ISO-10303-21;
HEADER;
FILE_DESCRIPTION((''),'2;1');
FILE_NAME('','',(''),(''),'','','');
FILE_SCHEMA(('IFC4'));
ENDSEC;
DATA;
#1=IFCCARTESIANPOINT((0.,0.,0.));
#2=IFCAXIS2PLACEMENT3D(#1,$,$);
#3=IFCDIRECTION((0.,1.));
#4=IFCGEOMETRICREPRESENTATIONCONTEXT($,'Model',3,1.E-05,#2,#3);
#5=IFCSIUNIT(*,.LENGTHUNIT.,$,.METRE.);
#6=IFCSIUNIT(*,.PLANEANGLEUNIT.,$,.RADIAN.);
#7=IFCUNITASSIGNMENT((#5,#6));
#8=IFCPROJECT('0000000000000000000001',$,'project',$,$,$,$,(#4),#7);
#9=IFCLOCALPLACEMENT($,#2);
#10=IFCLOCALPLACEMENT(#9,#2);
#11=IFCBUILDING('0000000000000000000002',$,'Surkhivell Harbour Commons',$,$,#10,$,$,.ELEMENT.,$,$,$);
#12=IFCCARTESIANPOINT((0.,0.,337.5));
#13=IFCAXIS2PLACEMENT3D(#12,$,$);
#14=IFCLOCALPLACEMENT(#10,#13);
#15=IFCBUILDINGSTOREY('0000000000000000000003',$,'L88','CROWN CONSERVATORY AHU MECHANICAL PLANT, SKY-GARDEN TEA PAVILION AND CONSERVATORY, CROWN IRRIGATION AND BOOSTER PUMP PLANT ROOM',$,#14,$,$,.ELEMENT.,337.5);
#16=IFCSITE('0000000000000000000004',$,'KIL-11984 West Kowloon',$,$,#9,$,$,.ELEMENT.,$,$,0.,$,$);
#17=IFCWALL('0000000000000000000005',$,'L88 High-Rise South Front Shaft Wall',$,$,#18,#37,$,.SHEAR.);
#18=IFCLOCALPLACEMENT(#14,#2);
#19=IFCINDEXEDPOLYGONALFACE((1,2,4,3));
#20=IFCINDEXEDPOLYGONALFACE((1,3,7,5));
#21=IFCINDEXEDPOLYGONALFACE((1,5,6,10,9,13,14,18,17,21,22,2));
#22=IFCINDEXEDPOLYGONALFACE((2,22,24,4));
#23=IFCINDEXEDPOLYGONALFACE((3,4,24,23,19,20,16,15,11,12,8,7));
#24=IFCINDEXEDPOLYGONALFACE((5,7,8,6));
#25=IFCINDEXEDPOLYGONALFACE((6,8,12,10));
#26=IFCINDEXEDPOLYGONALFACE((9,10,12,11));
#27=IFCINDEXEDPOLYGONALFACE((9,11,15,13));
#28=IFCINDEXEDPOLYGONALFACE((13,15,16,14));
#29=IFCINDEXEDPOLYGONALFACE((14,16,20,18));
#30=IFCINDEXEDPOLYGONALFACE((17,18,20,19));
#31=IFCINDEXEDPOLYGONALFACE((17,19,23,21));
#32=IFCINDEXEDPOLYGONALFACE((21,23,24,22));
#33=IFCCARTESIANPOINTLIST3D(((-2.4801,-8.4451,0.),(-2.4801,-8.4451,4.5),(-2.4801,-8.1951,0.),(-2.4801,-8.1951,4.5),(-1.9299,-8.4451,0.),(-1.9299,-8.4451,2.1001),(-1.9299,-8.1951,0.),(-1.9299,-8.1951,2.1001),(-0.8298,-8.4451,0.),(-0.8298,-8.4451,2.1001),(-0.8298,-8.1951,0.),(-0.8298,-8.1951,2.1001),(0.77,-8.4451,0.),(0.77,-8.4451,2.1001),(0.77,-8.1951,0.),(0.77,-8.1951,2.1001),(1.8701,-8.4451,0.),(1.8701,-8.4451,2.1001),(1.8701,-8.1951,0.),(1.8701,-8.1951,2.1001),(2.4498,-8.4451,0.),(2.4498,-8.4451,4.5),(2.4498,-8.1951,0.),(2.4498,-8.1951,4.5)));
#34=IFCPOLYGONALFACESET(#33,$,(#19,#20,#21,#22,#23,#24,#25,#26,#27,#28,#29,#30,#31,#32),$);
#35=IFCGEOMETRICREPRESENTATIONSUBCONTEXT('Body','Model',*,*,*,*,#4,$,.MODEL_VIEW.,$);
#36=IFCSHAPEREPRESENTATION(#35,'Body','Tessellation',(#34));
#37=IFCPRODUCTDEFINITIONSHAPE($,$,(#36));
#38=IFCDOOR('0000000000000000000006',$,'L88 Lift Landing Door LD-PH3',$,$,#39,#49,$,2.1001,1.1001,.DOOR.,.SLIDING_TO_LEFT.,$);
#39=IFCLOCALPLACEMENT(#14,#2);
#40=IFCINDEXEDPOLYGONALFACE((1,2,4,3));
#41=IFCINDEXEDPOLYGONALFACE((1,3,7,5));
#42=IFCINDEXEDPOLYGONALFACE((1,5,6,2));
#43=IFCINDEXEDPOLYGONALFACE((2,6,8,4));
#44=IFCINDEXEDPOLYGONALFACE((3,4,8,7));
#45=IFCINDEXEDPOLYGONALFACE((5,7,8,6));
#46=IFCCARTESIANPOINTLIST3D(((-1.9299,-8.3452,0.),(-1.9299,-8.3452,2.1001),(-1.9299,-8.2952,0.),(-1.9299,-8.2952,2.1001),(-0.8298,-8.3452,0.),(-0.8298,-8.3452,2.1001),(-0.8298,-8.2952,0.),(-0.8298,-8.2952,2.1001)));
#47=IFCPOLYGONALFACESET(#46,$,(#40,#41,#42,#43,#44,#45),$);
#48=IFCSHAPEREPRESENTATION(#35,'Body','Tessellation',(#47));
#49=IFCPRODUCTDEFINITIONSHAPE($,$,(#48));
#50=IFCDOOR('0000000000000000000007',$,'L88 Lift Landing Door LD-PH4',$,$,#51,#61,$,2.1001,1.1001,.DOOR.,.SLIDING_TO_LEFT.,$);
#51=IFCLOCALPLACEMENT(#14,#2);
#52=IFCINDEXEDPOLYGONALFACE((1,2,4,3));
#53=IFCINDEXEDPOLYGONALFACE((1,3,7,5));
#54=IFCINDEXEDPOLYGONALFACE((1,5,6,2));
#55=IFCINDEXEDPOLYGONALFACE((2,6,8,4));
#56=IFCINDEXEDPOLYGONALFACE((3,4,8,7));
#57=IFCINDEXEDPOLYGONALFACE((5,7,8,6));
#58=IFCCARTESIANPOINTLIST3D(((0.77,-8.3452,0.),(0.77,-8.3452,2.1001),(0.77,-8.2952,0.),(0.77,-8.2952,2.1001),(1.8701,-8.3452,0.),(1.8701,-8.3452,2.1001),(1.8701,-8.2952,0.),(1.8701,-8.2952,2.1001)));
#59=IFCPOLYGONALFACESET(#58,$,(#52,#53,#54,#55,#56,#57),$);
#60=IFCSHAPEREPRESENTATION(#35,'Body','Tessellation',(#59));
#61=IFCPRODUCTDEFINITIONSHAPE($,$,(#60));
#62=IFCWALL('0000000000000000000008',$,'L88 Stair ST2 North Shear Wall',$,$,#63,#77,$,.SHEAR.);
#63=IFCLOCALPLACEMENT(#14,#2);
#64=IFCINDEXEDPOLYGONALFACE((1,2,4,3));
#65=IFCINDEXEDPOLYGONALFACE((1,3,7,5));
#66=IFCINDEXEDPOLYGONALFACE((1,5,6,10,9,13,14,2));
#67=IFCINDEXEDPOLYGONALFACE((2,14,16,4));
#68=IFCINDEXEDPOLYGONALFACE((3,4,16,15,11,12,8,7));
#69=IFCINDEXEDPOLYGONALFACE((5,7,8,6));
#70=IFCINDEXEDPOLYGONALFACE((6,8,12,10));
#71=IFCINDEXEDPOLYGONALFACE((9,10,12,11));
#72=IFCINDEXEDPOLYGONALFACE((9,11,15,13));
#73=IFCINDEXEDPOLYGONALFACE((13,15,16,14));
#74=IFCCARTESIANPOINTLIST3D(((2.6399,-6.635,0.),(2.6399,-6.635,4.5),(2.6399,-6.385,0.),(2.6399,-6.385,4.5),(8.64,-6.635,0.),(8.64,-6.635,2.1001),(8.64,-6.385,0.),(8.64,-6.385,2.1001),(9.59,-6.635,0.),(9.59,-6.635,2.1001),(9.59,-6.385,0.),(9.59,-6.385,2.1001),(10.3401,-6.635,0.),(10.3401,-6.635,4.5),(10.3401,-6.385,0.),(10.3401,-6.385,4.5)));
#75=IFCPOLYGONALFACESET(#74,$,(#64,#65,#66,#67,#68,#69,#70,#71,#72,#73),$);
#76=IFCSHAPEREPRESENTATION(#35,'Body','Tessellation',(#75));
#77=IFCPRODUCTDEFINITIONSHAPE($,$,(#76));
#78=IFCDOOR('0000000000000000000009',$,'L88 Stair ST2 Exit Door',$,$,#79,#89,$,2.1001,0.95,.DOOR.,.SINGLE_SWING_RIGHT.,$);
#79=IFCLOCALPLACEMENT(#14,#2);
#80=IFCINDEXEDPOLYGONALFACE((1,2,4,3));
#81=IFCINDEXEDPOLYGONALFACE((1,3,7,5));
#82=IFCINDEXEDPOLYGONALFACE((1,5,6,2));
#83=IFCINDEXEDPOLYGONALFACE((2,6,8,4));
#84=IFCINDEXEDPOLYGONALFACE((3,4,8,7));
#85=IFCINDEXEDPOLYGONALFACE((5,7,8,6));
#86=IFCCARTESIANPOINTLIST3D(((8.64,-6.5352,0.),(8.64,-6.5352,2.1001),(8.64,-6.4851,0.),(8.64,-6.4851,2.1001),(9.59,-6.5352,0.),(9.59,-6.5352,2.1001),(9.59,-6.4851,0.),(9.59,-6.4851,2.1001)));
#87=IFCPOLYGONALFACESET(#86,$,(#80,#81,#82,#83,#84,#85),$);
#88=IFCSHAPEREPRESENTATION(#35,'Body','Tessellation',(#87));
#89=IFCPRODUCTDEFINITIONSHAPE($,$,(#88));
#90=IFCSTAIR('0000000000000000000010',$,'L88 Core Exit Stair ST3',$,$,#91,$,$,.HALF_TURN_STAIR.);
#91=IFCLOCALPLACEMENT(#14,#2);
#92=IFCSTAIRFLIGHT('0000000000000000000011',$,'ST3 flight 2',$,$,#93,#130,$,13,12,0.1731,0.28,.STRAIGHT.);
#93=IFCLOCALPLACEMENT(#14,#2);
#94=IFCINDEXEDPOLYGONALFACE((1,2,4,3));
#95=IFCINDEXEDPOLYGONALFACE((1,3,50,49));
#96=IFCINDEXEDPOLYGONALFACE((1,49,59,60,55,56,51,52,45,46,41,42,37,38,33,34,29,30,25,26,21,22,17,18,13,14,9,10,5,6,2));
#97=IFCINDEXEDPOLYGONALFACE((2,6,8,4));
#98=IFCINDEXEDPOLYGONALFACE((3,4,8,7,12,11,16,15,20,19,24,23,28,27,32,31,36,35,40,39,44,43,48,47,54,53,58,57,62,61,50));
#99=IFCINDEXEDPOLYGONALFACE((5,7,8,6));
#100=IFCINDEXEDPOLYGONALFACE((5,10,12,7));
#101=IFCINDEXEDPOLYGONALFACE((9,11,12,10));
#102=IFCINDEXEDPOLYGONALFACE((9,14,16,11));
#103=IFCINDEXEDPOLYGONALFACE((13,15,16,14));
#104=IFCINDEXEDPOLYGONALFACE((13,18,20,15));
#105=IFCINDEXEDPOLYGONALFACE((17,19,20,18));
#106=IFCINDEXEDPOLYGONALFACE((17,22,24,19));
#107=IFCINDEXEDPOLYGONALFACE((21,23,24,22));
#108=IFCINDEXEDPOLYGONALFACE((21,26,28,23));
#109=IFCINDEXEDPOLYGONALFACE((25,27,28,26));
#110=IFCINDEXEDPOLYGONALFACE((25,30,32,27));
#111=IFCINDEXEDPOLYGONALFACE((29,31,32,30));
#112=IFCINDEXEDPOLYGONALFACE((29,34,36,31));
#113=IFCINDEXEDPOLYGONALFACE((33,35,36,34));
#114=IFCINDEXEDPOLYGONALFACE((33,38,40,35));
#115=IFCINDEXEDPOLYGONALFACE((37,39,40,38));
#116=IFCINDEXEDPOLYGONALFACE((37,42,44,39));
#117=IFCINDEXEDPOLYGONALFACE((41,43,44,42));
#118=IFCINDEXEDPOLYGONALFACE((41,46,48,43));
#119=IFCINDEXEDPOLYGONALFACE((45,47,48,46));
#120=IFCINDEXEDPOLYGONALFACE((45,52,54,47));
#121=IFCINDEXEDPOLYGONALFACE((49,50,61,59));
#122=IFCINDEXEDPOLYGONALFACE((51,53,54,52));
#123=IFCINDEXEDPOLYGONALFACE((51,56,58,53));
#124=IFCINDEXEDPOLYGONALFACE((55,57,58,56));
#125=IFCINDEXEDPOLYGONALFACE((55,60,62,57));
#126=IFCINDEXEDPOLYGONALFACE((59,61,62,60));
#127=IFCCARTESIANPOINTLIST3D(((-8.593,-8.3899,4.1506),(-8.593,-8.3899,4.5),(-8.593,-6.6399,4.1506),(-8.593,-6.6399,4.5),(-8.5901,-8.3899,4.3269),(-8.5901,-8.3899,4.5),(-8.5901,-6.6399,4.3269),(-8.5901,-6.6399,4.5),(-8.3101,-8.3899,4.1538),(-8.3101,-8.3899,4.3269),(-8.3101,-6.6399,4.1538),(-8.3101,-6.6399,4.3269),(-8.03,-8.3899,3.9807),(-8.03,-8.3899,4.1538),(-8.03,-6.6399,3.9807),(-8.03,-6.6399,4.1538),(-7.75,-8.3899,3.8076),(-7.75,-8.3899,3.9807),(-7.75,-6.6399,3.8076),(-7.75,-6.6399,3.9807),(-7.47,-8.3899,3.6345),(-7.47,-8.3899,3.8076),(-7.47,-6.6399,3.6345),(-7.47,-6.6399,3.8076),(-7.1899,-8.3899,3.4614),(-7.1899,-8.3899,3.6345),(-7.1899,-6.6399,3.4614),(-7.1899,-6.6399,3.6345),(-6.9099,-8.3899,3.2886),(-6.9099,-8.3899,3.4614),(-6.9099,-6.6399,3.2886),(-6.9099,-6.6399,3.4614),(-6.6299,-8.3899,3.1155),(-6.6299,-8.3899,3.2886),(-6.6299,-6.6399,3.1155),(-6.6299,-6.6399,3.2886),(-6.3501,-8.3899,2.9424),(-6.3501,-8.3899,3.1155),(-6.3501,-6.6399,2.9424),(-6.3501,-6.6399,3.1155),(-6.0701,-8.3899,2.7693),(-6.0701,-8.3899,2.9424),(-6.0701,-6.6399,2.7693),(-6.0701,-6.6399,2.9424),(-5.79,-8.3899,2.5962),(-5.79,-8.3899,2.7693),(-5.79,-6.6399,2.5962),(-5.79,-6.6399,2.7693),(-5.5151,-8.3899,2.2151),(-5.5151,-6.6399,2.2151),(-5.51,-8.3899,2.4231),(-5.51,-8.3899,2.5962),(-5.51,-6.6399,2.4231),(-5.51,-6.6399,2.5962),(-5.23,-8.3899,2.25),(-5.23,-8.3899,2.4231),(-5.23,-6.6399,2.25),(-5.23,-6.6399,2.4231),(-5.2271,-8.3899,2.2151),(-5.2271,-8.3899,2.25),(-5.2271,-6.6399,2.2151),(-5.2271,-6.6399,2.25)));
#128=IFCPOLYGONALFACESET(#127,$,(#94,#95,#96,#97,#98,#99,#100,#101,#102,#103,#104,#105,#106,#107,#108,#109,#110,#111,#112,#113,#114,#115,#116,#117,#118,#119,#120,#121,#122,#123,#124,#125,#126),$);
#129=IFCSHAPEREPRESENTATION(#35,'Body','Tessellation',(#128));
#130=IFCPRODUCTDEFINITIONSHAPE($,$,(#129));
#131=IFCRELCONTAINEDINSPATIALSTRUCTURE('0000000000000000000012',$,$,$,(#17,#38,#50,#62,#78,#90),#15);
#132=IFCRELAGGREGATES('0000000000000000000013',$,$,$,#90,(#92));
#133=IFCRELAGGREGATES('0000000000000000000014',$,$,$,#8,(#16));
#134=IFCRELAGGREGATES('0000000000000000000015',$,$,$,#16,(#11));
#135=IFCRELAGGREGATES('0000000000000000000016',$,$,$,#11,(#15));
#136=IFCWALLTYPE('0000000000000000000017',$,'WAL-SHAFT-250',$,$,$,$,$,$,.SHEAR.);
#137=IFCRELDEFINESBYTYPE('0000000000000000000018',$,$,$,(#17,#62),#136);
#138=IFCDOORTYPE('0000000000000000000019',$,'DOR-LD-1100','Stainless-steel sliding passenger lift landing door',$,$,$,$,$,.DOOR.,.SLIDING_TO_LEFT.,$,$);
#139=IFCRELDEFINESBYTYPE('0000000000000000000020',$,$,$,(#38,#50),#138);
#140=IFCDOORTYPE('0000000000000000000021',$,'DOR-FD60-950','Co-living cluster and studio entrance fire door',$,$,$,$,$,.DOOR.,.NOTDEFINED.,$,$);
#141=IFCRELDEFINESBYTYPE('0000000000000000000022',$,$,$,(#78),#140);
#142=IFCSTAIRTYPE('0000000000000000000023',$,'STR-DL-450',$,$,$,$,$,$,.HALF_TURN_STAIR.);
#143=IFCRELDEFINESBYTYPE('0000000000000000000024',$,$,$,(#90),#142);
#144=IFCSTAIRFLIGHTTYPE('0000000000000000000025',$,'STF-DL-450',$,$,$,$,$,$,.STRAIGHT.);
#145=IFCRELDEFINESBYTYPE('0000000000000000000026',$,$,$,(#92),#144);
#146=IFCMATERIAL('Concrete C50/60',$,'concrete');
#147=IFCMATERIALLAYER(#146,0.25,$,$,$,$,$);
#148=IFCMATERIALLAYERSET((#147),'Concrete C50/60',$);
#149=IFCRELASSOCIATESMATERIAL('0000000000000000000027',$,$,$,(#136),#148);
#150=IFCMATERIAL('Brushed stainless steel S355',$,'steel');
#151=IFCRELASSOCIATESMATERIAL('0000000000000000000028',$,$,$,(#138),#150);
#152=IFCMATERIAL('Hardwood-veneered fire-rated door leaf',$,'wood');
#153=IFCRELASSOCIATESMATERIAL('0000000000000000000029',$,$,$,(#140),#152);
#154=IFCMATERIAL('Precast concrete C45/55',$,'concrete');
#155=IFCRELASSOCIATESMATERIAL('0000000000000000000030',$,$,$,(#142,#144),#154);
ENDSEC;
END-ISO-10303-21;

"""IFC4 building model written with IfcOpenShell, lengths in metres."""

from ifc_helpers import new_model, si_unit, direction, frame, frame_2d, origin, place, context, subcontext, project, spatial, polyline, rectangle, outline, extrude, material, layer, layer_set, type_object, element, fill, aggregate, save


model = new_model("IFC4")

# Units and contexts
model_context = context("Model", 3, precision=1e-05, world=origin(), true_north=direction((0.0, 1.0)))
body_context = subcontext(model_context, "Body", "Model", "MODEL_VIEW")
ifc_project = project(units=[si_unit("LENGTHUNIT", "METRE"), si_unit("PLANEANGLEUNIT", "RADIAN")], contexts=[model_context])

# Site, building, storey
site_placement = place(None, origin())
site = spatial("IfcSite", under=ifc_project, at=site_placement, Name="KIL-11984 West Kowloon", CompositionType="ELEMENT", RefElevation=0.0)
building_placement = place(site_placement, origin())
building = spatial("IfcBuilding", under=site, at=building_placement, Name="Surkhivell Harbour Commons", CompositionType="ELEMENT")
storey_placement = place(building_placement, frame((0.0, 0.0, 337.5)))
storey = spatial("IfcBuildingStorey", under=building, at=storey_placement, Name="L88", Description="CROWN CONSERVATORY AHU MECHANICAL PLANT, SKY-GARDEN TEA PAVILION AND CONSERVATORY, CROWN IRRIGATION AND BOOSTER PUMP PLANT ROOM", CompositionType="ELEMENT", Elevation=337.5)

# Shared definitions
ifc_material_1 = material(Name="Hardwood-veneered fire-rated door leaf", Category="wood")

# Shared definitions
ifc_material_2 = material(Name="Concrete C50/60", Category="concrete")
ifc_layer_1 = layer(ifc_material_2, 0.25)
ifc_layer_set_1 = layer_set([ifc_layer_1], Name="Concrete C50/60")
wall_type_1 = type_object("IfcWallType", Name="WAL-SHAFT-250", PredefinedType="SHEAR", material=ifc_layer_set_1)

# Wall, openings, doors
ifc_material_3 = material(Name="Brushed stainless steel S355", Category="steel")
door_type_1 = type_object("IfcDoorType", Name="DOR-LD-1100", Description="Stainless-steel sliding passenger lift landing door", OperationType="SLIDING_TO_LEFT", PredefinedType="DOOR", material=ifc_material_3)
wall_1_placement = place(storey_placement, frame((-2.48, -8.3201, 0.0), z_axis=(0.0, 0.0, 1.0), x_axis=(1.0, 0.0, 0.0)))
wall_1 = element("IfcWall", 1, at=wall_1_placement, inside=storey, type_object=wall_type_1, Name="L88 High-Rise South Front Shaft Wall", PredefinedType="SHEAR", context=body_context, shape_type="SweptSolid", body=[
    extrude(rectangle(XDim=4.9299, YDim=0.25, at=frame_2d((2.4648, 0.0))), origin(), (0.0, 0.0, 1.0), 4.5),
])
opening_1_placement = place(wall_1_placement, frame((0.55, 0.0, 0.0)))
opening_1 = element("IfcOpeningElement", 2, at=opening_1_placement, cuts=wall_1, PredefinedType="OPENING", context=body_context, shape_type="SweptSolid", body=[
    extrude(rectangle(XDim=1.1001, YDim=2.1001, at=frame_2d((0.55, 1.05))), frame((0.0, 0.135, 0.0), z_axis=(0.0, -1.0, 0.0), x_axis=(1.0, 0.0, 0.0)), (0.0, 0.0, 1.0), 0.27),
])
opening_2_placement = place(wall_1_placement, frame((3.25, 0.0, 0.0)))
opening_2 = element("IfcOpeningElement", 3, at=opening_2_placement, cuts=wall_1, PredefinedType="OPENING", context=body_context, shape_type="SweptSolid", body=[
    extrude(rectangle(XDim=1.1001, YDim=2.1001, at=frame_2d((0.55, 1.05))), frame((0.0, 0.135, 0.0), z_axis=(0.0, -1.0, 0.0), x_axis=(1.0, 0.0, 0.0)), (0.0, 0.0, 1.0), 0.27),
])
door_1_placement = place(opening_1_placement, origin())
door_1 = element("IfcDoor", 4, at=door_1_placement, inside=storey, type_object=door_type_1, Name="L88 Lift Landing Door LD-PH3", OperationType="SLIDING_TO_LEFT", OverallHeight=2.1001, OverallWidth=1.1001, PredefinedType="DOOR", context=body_context, shape_type="SweptSolid", body=[
    extrude(rectangle(XDim=1.1001, YDim=2.1001, at=frame_2d((0.55, 1.05))), frame((0.0, 0.0249, 0.0), z_axis=(0.0, -1.0, 0.0), x_axis=(1.0, 0.0, 0.0)), (0.0, 0.0, 1.0), 0.05),
])
fill(opening_1, door_1)
door_2_placement = place(opening_2_placement, origin())
door_2 = element("IfcDoor", 5, at=door_2_placement, inside=storey, type_object=door_type_1, Name="L88 Lift Landing Door LD-PH4", OperationType="SLIDING_TO_LEFT", OverallHeight=2.1001, OverallWidth=1.1001, PredefinedType="DOOR", context=body_context, shape_type="SweptSolid", body=[
    extrude(rectangle(XDim=1.1001, YDim=2.1001, at=frame_2d((0.55, 1.05))), frame((0.0, 0.0249, 0.0), z_axis=(0.0, -1.0, 0.0), x_axis=(1.0, 0.0, 0.0)), (0.0, 0.0, 1.0), 0.05),
])
fill(opening_2, door_2)

# Wall, opening, door
wall_2_placement = place(storey_placement, frame((2.6399, -6.51, 0.0), z_axis=(0.0, 0.0, 1.0), x_axis=(1.0, 0.0, 0.0)))
wall_2 = element("IfcWall", 6, at=wall_2_placement, inside=storey, type_object=wall_type_1, Name="L88 Stair ST2 North Shear Wall", PredefinedType="SHEAR", context=body_context, shape_type="SweptSolid", body=[
    extrude(rectangle(XDim=7.7002, YDim=0.25, at=frame_2d((3.8501, 0.0))), origin(), (0.0, 0.0, 1.0), 4.5),
])
opening_3_placement = place(wall_2_placement, frame((6.0, 0.0, 0.0)))
opening_3 = element("IfcOpeningElement", 7, at=opening_3_placement, cuts=wall_2, PredefinedType="OPENING", context=body_context, shape_type="SweptSolid", body=[
    extrude(rectangle(XDim=0.95, YDim=2.1001, at=frame_2d((0.4751, 1.05))), frame((0.0, 0.135, 0.0), z_axis=(0.0, -1.0, 0.0), x_axis=(1.0, 0.0, 0.0)), (0.0, 0.0, 1.0), 0.27),
])
door_type_2 = type_object("IfcDoorType", Name="DOR-FD60-950", Description="Co-living cluster and studio entrance fire door", OperationType="NOTDEFINED", PredefinedType="DOOR", material=ifc_material_1)
door_3_placement = place(opening_3_placement, origin())
door_3 = element("IfcDoor", 8, at=door_3_placement, inside=storey, type_object=door_type_2, Name="L88 Stair ST2 Exit Door", OperationType="SINGLE_SWING_RIGHT", OverallHeight=2.1001, OverallWidth=0.95, PredefinedType="DOOR", context=body_context, shape_type="SweptSolid", body=[
    extrude(rectangle(XDim=0.95, YDim=2.1001, at=frame_2d((0.4751, 1.05))), frame((0.0, 0.0249, 0.0), z_axis=(0.0, -1.0, 0.0), x_axis=(1.0, 0.0, 0.0)), (0.0, 0.0, 1.0), 0.05),
])
fill(opening_3, door_3)

# Stair, stair flight
ifc_material_4 = material(Name="Precast concrete C45/55", Category="concrete")
stair_type = type_object("IfcStairType", Name="STR-DL-450", PredefinedType="HALF_TURN_STAIR", material=ifc_material_4)
stair_placement = place(storey_placement, origin())
stair = element("IfcStair", 9, at=stair_placement, inside=storey, type_object=stair_type, Name="L88 Core Exit Stair ST3", PredefinedType="HALF_TURN_STAIR")
stair_flight_type = type_object("IfcStairFlightType", Name="STF-DL-450", PredefinedType="STRAIGHT", material=ifc_material_4)
stair_flight_placement = place(storey_placement, frame((-5.23, -7.5149, 2.25), z_axis=(0.0, 0.0, 1.0), x_axis=(-1.0, 0.0, 0.0)))
stair_flight = element("IfcStairFlight", 10, at=stair_flight_placement, type_object=stair_flight_type, Name="ST3 flight 2", NumberOfRisers=13, NumberOfTreads=12, PredefinedType="STRAIGHT", RiserHeight=0.1731, TreadLength=0.28, context=body_context, shape_type="SweptSolid", body=[
    extrude(outline(polyline([(-0.0029, -0.0349), (-0.0029, 0.0), (0.0, 0.0), (0.0, 0.1731), (0.28, 0.1731), (0.28, 0.3462), (0.5601, 0.3462), (0.5601, 0.5193), (0.8401, 0.5193), (0.8401, 0.6924), (1.1201, 0.6924), (1.1201, 0.8655), (1.3999, 0.8655), (1.3999, 1.0386), (1.6799, 1.0386), (1.6799, 1.2114), (1.96, 1.2114), (1.96, 1.3845), (2.24, 1.3845), (2.24, 1.5576), (2.52, 1.5576), (2.52, 1.7307), (2.8, 1.7307), (2.8, 1.9038), (3.0801, 1.9038), (3.0801, 2.0769), (3.3601, 2.0769), (3.3601, 2.25), (3.363, 2.25), (3.363, 1.9006), (0.2852, -0.0349), (-0.0029, -0.0349)])), frame((0.0, 0.875, 0.0), z_axis=(0.0, -1.0, 0.0), x_axis=(1.0, 0.0, 0.0)), (0.0, 0.0, 1.0), 1.75),
])
aggregate(stair, [stair_flight])

save(model, "model.ifc")
